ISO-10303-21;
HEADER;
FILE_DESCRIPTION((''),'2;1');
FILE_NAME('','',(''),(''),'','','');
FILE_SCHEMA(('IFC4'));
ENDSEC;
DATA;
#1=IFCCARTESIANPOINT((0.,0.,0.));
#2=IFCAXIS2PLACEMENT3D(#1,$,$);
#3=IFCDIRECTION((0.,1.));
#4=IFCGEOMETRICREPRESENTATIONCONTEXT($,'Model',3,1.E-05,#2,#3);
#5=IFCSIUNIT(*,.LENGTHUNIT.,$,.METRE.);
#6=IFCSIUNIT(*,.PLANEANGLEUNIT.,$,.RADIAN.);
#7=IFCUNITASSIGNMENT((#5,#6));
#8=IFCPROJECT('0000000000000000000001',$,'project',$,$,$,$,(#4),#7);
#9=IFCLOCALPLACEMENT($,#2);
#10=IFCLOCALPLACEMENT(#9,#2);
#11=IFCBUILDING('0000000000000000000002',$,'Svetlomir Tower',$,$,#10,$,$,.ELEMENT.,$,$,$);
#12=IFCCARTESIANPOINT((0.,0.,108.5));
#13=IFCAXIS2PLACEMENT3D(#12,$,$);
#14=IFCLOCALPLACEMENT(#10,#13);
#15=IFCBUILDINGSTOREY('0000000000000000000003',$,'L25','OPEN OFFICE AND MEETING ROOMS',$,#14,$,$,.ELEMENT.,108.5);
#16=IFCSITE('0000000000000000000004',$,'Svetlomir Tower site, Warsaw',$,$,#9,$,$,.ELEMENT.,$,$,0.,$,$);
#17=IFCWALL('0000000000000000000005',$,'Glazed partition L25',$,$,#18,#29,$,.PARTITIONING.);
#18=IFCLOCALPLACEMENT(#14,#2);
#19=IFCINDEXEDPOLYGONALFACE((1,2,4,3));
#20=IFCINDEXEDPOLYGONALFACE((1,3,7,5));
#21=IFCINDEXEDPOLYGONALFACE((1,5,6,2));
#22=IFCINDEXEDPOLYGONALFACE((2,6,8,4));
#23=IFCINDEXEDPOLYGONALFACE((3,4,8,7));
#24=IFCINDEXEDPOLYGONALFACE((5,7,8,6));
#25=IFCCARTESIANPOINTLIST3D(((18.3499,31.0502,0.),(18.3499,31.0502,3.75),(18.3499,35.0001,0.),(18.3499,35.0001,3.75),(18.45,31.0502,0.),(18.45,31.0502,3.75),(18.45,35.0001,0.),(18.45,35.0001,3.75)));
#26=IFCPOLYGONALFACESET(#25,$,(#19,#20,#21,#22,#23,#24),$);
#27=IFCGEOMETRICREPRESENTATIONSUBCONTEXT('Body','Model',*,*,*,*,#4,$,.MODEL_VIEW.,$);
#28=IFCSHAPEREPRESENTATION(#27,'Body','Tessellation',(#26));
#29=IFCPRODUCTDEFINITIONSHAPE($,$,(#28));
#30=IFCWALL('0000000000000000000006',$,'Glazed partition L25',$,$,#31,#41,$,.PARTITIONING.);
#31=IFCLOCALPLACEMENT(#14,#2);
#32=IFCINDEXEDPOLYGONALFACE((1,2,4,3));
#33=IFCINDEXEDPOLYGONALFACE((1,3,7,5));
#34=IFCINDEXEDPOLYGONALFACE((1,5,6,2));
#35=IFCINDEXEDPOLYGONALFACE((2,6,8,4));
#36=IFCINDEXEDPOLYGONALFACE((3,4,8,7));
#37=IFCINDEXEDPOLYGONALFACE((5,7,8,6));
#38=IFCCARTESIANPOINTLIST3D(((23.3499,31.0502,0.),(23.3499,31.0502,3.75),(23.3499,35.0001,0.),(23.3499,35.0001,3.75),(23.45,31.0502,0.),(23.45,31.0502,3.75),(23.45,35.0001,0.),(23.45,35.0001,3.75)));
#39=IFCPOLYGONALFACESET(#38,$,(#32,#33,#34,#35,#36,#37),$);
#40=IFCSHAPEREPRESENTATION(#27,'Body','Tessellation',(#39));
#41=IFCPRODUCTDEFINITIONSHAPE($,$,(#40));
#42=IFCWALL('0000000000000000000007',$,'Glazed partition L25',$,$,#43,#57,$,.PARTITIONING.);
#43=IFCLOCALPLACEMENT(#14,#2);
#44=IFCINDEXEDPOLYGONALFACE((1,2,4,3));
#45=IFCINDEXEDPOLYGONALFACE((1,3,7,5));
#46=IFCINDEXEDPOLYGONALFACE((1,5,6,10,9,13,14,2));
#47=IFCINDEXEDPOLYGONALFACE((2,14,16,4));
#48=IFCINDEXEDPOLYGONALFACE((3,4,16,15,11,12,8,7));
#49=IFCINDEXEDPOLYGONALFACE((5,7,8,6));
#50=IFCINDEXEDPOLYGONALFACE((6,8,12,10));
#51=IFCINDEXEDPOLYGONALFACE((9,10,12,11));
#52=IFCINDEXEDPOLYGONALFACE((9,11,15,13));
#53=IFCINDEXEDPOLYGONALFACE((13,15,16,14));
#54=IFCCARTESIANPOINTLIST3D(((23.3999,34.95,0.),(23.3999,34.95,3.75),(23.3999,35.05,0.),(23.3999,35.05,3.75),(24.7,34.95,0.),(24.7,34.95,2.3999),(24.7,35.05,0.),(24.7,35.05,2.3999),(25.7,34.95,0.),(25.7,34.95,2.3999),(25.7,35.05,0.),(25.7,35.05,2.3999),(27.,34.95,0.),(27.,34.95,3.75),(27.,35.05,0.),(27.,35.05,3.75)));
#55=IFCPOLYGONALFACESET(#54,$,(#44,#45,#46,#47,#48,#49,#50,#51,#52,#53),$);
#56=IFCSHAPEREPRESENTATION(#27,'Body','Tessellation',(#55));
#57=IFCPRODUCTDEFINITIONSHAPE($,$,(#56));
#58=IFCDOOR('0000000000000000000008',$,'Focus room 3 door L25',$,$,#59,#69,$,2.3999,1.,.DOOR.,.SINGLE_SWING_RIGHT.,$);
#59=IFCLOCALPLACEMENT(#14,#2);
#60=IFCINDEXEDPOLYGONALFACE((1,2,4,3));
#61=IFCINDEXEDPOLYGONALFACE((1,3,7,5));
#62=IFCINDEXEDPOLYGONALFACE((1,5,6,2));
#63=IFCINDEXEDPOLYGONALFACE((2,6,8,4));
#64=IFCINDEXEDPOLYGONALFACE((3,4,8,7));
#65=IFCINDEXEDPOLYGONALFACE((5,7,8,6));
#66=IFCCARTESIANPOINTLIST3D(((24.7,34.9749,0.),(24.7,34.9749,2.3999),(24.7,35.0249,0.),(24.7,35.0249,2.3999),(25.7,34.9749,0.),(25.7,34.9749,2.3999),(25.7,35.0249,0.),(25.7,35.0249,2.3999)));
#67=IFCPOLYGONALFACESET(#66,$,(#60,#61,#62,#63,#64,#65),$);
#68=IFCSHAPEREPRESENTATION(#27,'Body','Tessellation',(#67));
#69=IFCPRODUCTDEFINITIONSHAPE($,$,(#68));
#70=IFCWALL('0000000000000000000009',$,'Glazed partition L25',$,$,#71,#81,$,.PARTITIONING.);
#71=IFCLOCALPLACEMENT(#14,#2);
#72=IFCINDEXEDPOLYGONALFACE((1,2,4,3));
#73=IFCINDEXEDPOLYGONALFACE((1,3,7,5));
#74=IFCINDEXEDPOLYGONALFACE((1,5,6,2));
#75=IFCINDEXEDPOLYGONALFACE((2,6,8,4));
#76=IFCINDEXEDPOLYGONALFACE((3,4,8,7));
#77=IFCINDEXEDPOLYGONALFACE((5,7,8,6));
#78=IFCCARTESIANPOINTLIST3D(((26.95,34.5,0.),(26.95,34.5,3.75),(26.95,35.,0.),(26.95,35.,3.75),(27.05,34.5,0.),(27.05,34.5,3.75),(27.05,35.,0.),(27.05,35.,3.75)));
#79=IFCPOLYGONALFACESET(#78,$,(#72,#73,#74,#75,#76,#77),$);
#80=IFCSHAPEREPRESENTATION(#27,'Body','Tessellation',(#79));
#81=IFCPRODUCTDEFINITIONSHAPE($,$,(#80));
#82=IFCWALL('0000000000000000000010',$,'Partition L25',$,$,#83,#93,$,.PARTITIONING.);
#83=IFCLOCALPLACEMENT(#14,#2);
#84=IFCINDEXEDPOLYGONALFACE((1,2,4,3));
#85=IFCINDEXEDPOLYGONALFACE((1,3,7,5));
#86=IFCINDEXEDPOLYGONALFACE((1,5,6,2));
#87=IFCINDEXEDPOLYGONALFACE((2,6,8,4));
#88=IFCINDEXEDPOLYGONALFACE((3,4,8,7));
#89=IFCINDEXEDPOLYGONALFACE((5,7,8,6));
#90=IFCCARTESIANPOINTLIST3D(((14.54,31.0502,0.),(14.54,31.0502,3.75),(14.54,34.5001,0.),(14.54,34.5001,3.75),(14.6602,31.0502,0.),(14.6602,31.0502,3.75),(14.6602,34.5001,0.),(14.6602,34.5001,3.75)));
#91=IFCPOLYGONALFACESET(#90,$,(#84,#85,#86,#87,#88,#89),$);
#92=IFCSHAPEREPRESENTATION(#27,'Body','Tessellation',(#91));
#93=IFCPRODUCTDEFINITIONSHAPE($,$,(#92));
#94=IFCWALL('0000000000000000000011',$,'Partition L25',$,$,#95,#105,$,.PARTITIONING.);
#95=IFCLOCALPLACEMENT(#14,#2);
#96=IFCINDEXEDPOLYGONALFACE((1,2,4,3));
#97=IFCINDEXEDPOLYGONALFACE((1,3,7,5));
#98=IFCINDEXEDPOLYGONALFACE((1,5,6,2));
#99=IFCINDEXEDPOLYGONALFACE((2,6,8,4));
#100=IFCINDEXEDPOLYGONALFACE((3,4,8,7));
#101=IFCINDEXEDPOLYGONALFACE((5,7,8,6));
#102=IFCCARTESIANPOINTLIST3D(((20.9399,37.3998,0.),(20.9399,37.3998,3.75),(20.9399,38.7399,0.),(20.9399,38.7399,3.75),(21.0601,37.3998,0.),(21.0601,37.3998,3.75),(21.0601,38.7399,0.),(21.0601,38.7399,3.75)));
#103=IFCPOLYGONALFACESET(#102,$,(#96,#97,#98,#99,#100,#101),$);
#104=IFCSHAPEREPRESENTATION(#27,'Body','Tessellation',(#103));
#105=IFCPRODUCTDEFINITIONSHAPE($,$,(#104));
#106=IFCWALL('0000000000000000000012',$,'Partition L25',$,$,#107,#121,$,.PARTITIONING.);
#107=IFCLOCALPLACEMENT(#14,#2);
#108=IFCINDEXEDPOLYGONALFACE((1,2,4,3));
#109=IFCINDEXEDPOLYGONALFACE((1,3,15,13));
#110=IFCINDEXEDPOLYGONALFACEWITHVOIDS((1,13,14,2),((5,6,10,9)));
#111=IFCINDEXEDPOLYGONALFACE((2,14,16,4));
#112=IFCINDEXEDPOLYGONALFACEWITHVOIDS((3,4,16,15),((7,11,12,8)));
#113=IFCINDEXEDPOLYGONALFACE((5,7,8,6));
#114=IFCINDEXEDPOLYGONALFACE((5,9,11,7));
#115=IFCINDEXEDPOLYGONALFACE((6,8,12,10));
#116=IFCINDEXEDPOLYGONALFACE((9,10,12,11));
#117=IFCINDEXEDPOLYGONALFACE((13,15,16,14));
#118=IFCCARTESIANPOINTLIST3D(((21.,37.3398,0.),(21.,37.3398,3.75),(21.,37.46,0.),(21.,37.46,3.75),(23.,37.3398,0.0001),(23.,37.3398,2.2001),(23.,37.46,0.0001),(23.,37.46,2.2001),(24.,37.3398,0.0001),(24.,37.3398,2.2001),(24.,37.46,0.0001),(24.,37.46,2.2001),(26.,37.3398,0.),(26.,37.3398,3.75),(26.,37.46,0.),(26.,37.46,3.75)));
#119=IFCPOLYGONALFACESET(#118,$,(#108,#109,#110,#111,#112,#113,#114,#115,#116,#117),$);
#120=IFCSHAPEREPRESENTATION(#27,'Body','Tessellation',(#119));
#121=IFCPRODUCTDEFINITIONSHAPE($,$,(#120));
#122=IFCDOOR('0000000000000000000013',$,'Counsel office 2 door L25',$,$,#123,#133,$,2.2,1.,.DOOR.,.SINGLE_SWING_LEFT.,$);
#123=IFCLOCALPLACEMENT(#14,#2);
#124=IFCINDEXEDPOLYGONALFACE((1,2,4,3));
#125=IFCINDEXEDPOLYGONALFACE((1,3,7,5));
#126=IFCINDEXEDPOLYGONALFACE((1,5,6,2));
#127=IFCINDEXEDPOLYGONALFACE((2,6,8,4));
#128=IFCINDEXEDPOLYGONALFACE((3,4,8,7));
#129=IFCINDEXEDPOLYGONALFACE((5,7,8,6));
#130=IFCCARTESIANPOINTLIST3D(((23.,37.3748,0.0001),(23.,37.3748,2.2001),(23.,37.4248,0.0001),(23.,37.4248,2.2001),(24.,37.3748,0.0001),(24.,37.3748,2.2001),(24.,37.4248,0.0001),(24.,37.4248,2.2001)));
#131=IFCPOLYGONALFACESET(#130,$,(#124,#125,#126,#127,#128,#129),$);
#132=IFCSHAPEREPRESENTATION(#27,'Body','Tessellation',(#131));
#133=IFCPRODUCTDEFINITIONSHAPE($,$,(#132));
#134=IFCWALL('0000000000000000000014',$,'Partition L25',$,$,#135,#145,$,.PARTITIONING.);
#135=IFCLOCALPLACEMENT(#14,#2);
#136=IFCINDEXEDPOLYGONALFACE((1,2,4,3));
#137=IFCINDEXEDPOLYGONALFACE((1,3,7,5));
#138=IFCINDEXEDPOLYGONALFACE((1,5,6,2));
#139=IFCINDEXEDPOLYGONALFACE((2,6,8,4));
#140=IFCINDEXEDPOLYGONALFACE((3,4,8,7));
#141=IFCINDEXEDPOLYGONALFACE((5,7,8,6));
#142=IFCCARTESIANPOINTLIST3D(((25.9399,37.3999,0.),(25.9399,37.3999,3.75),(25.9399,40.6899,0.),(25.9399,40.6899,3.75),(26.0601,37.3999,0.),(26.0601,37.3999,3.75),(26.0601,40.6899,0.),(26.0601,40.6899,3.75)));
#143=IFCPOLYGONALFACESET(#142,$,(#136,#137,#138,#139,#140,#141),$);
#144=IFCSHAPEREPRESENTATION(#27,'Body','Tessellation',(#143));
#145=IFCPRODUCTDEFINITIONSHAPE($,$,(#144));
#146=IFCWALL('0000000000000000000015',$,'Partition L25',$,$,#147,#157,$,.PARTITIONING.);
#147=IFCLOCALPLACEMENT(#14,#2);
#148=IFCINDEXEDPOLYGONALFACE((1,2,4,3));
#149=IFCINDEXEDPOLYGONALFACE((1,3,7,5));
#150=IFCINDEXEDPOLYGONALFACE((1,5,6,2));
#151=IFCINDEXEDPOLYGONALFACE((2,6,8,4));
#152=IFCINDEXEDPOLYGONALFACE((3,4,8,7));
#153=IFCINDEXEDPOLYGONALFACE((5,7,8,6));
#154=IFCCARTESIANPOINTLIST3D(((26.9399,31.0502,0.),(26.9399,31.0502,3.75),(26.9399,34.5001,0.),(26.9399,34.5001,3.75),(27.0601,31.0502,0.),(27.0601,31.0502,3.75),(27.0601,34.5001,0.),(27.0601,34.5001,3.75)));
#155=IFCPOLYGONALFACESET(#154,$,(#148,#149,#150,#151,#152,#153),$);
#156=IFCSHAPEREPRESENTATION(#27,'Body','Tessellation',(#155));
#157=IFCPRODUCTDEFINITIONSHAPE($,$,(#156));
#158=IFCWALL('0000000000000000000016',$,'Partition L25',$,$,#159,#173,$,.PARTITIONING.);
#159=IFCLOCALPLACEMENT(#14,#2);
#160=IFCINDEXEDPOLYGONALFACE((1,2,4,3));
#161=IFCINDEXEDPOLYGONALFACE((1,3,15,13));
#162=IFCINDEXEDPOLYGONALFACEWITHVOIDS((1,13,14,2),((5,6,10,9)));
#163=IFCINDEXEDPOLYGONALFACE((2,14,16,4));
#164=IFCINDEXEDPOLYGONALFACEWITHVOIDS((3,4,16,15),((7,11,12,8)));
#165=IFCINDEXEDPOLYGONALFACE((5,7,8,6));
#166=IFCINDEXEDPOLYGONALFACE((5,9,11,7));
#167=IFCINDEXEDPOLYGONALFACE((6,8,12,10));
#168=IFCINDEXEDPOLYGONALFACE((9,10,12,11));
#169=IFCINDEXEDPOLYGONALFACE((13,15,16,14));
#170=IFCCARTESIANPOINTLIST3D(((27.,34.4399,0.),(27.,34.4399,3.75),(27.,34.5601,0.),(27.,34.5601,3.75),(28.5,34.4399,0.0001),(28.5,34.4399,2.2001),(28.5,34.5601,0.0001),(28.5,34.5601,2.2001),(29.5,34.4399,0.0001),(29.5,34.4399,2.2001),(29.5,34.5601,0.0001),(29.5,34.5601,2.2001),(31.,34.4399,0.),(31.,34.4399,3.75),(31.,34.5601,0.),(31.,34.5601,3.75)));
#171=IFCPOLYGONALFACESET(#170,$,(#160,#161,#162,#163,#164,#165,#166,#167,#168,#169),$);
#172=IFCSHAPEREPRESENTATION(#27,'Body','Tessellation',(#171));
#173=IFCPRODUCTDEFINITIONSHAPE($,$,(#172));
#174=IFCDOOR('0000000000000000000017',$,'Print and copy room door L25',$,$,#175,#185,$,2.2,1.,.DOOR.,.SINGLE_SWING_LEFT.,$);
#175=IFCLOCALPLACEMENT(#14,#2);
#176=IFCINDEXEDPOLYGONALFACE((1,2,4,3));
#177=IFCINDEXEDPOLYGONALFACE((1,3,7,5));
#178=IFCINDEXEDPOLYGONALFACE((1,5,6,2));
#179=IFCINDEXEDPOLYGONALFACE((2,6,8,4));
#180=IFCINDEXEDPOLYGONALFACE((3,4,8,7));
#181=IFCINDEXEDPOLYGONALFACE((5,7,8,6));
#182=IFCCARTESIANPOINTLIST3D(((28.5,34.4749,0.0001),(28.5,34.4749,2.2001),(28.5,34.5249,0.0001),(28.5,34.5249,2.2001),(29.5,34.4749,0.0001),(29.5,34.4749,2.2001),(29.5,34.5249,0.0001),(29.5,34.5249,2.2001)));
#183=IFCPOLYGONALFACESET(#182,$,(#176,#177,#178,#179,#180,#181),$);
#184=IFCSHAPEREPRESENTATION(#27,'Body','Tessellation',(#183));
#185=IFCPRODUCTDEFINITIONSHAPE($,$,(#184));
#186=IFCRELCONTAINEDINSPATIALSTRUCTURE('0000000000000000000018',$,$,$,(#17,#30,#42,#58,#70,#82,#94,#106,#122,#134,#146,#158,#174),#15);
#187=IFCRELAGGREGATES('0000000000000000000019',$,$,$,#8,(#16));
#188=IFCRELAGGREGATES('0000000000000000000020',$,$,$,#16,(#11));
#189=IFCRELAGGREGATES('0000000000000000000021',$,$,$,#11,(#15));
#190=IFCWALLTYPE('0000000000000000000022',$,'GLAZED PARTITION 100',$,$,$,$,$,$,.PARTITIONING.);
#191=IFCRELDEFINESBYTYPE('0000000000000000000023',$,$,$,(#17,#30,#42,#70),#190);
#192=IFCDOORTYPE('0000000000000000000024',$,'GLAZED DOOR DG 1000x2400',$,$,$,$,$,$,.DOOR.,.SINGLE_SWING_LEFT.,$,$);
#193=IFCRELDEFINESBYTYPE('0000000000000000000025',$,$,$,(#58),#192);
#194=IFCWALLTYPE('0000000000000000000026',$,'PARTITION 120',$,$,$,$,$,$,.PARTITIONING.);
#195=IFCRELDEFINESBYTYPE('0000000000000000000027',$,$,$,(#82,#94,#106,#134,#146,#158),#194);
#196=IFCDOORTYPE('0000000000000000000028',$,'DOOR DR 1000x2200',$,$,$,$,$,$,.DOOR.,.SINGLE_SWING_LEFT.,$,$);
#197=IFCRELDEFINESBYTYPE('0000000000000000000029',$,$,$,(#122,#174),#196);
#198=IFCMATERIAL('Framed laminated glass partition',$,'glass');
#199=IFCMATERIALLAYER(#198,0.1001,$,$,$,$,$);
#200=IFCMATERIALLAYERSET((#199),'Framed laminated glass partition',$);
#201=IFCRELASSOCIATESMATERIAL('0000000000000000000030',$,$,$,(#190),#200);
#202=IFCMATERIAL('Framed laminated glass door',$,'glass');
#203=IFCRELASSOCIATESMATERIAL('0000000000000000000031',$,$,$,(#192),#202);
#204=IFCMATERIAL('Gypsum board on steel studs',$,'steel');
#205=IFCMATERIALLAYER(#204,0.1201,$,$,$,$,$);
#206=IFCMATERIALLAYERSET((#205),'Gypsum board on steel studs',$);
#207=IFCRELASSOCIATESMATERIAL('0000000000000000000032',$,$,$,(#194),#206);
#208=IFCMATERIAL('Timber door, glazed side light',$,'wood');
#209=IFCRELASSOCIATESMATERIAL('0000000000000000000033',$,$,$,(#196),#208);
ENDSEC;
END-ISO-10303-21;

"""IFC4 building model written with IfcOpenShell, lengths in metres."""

from ifc_helpers import new_model, si_unit, direction, frame, frame_2d, origin, place, context, subcontext, project, spatial, rectangle, extrude, material, layer, layer_set, type_object, element, fill, save


model = new_model("IFC4")

# Units and contexts
model_context = context("Model", 3, precision=1e-05, world=origin(), true_north=direction((0.0, 1.0)))
body_context = subcontext(model_context, "Body", "Model", "MODEL_VIEW")
ifc_project = project(units=[si_unit("LENGTHUNIT", "METRE"), si_unit("PLANEANGLEUNIT", "RADIAN")], contexts=[model_context])

# Site, building, storey
site_placement = place(None, origin())
site = spatial("IfcSite", under=ifc_project, at=site_placement, Name="Svetlomir Tower site, Warsaw", CompositionType="ELEMENT", RefElevation=0.0)
building_placement = place(site_placement, origin())
building = spatial("IfcBuilding", under=site, at=building_placement, Name="Svetlomir Tower", CompositionType="ELEMENT")
storey_placement = place(building_placement, frame((0.0, 0.0, 108.5)))
storey = spatial("IfcBuildingStorey", under=building, at=storey_placement, Name="L25", Description="OPEN OFFICE AND MEETING ROOMS", CompositionType="ELEMENT", Elevation=108.5)

# Shared definitions
ifc_material_1 = material(Name="Framed laminated glass partition", Category="glass")
ifc_layer_1 = layer(ifc_material_1, 0.1001)
ifc_layer_set_1 = layer_set([ifc_layer_1], Name="Framed laminated glass partition")
wall_type_1 = type_object("IfcWallType", Name="GLAZED PARTITION 100", PredefinedType="PARTITIONING", material=ifc_layer_set_1)

# Shared definitions
ifc_material_2 = material(Name="Framed laminated glass door", Category="glass")
door_type_1 = type_object("IfcDoorType", Name="GLAZED DOOR DG 1000x2400", OperationType="SINGLE_SWING_LEFT", PredefinedType="DOOR", material=ifc_material_2)

# Walls
for number, where, z_axis, x_axis, name in (
    (1, (18.3999, 31.05, 0.0), (0.0, 0.0, 1.0), (0.0, 1.0, 0.0), "Glazed partition L25"),
    (2, (23.3999, 31.05, 0.0), (0.0, 0.0, 1.0), (0.0, 1.0, 0.0), "Glazed partition L25"),
):
    element("IfcWall", number, at=place(storey_placement, frame(where, z_axis=z_axis, x_axis=x_axis)), inside=storey, type_object=wall_type_1, Name=name, PredefinedType="PARTITIONING", context=body_context, shape_type="SweptSolid", body=[
        extrude(rectangle(XDim=3.95, YDim=0.1001, at=frame_2d((1.9751, 0.0))), origin(), (0.0, 0.0, 1.0), 3.75),
    ])

# Wall, opening, door
wall_1_placement = place(storey_placement, frame((23.3999, 35.0, 0.0), z_axis=(0.0, 0.0, 1.0), x_axis=(1.0, 0.0, 0.0)))
wall_1 = element("IfcWall", 3, at=wall_1_placement, inside=storey, type_object=wall_type_1, Name="Glazed partition L25", PredefinedType="PARTITIONING", context=body_context, shape_type="SweptSolid", body=[
    extrude(rectangle(XDim=3.6001, YDim=0.1001, at=frame_2d((1.8, 0.0))), origin(), (0.0, 0.0, 1.0), 3.75),
])
opening_1_placement = place(wall_1_placement, frame((1.3, 0.0, 0.0)))
opening_1 = element("IfcOpeningElement", 4, at=opening_1_placement, cuts=wall_1, PredefinedType="OPENING", context=body_context, shape_type="SweptSolid", body=[
    extrude(rectangle(XDim=1.0, YDim=2.3999, at=frame_2d((0.5, 1.2))), frame((0.0, 0.0601, 0.0), z_axis=(0.0, -1.0, 0.0), x_axis=(1.0, 0.0, 0.0)), (0.0, 0.0, 1.0), 0.1201),
])
door_1_placement = place(opening_1_placement, origin())
door_1 = element("IfcDoor", 5, at=door_1_placement, inside=storey, type_object=door_type_1, Name="Focus room 3 door L25", OperationType="SINGLE_SWING_RIGHT", OverallHeight=2.3999, OverallWidth=1.0, PredefinedType="DOOR", context=body_context, shape_type="SweptSolid", body=[
    extrude(rectangle(XDim=1.0, YDim=2.3999, at=frame_2d((0.5, 1.2))), frame((0.0, 0.0249, 0.0), z_axis=(0.0, -1.0, 0.0), x_axis=(1.0, 0.0, 0.0)), (0.0, 0.0, 1.0), 0.05),
])
fill(opening_1, door_1)

# Walls
wall_2_placement = place(storey_placement, frame((27.0, 34.5, 0.0), z_axis=(0.0, 0.0, 1.0), x_axis=(0.0, 1.0, 0.0)))
element("IfcWall", 6, at=wall_2_placement, inside=storey, type_object=wall_type_1, Name="Glazed partition L25", PredefinedType="PARTITIONING", context=body_context, shape_type="SweptSolid", body=[
    extrude(rectangle(XDim=0.5, YDim=0.1001, at=frame_2d((0.25, 0.0))), origin(), (0.0, 0.0, 1.0), 3.75),
])
ifc_material_3 = material(Name="Gypsum board on steel studs", Category="steel")
ifc_layer_2 = layer(ifc_material_3, 0.1201)
ifc_layer_set_2 = layer_set([ifc_layer_2], Name="Gypsum board on steel studs")
wall_type_2 = type_object("IfcWallType", Name="PARTITION 120", PredefinedType="PARTITIONING", material=ifc_layer_set_2)
wall_3_placement = place(storey_placement, frame((14.6001, 31.05, 0.0), z_axis=(0.0, 0.0, 1.0), x_axis=(0.0, 1.0, 0.0)))
element("IfcWall", 7, at=wall_3_placement, inside=storey, type_object=wall_type_2, Name="Partition L25", PredefinedType="PARTITIONING", context=body_context, shape_type="SweptSolid", body=[
    extrude(rectangle(XDim=3.45, YDim=0.1201, at=frame_2d((1.7251, 0.0))), origin(), (0.0, 0.0, 1.0), 3.75),
])
wall_4_placement = place(storey_placement, frame((21.0, 37.3999, 0.0), z_axis=(0.0, 0.0, 1.0), x_axis=(0.0, 1.0, 0.0)))
element("IfcWall", 8, at=wall_4_placement, inside=storey, type_object=wall_type_2, Name="Partition L25", PredefinedType="PARTITIONING", context=body_context, shape_type="SweptSolid", body=[
    extrude(rectangle(XDim=1.3401, YDim=0.1201, at=frame_2d((0.6699, 0.0))), origin(), (0.0, 0.0, 1.0), 3.75),
])

# Wall, opening, door
wall_5_placement = place(storey_placement, frame((21.0, 37.3999, 0.0), z_axis=(0.0, 0.0, 1.0), x_axis=(1.0, 0.0, 0.0)))
wall_5 = element("IfcWall", 9, at=wall_5_placement, inside=storey, type_object=wall_type_2, Name="Partition L25", PredefinedType="PARTITIONING", context=body_context, shape_type="SweptSolid", body=[
    extrude(rectangle(XDim=5.0, YDim=0.1201, at=frame_2d((2.5, 0.0))), origin(), (0.0, 0.0, 1.0), 3.75),
])
opening_2_placement = place(wall_5_placement, frame((2.0, 0.0, 0.0)))
opening_2 = element("IfcOpeningElement", 10, at=opening_2_placement, cuts=wall_5, PredefinedType="OPENING", context=body_context, shape_type="SweptSolid", body=[
    extrude(rectangle(XDim=1.0, YDim=2.2, at=frame_2d((0.5, 1.1001))), frame((0.0, 0.0701, 0.0), z_axis=(0.0, -1.0, 0.0), x_axis=(1.0, 0.0, 0.0)), (0.0, 0.0, 1.0), 0.1401),
])
ifc_material_4 = material(Name="Timber door, glazed side light", Category="wood")
door_type_2 = type_object("IfcDoorType", Name="DOOR DR 1000x2200", OperationType="SINGLE_SWING_LEFT", PredefinedType="DOOR", material=ifc_material_4)
door_2_placement = place(opening_2_placement, origin())
door_2 = element("IfcDoor", 11, at=door_2_placement, inside=storey, type_object=door_type_2, Name="Counsel office 2 door L25", OperationType="SINGLE_SWING_LEFT", OverallHeight=2.2, OverallWidth=1.0, PredefinedType="DOOR", context=body_context, shape_type="SweptSolid", body=[
    extrude(rectangle(XDim=1.0, YDim=2.2, at=frame_2d((0.5, 1.1001))), frame((0.0, 0.0249, 0.0), z_axis=(0.0, -1.0, 0.0), x_axis=(1.0, 0.0, 0.0)), (0.0, 0.0, 1.0), 0.05),
])
fill(opening_2, door_2)

# Walls
wall_6_placement = place(storey_placement, frame((26.0, 37.3999, 0.0), z_axis=(0.0, 0.0, 1.0), x_axis=(0.0, 1.0, 0.0)))
element("IfcWall", 12, at=wall_6_placement, inside=storey, type_object=wall_type_2, Name="Partition L25", PredefinedType="PARTITIONING", context=body_context, shape_type="SweptSolid", body=[
    extrude(rectangle(XDim=3.29, YDim=0.1201, at=frame_2d((1.645, 0.0))), origin(), (0.0, 0.0, 1.0), 3.75),
])
wall_7_placement = place(storey_placement, frame((27.0, 31.05, 0.0), z_axis=(0.0, 0.0, 1.0), x_axis=(0.0, 1.0, 0.0)))
element("IfcWall", 13, at=wall_7_placement, inside=storey, type_object=wall_type_2, Name="Partition L25", PredefinedType="PARTITIONING", context=body_context, shape_type="SweptSolid", body=[
    extrude(rectangle(XDim=3.45, YDim=0.1201, at=frame_2d((1.7251, 0.0))), origin(), (0.0, 0.0, 1.0), 3.75),
])

# Wall, opening, door
wall_8_placement = place(storey_placement, frame((27.0, 34.5, 0.0), z_axis=(0.0, 0.0, 1.0), x_axis=(1.0, 0.0, 0.0)))
wall_8 = element("IfcWall", 14, at=wall_8_placement, inside=storey, type_object=wall_type_2, Name="Partition L25", PredefinedType="PARTITIONING", context=body_context, shape_type="SweptSolid", body=[
    extrude(rectangle(XDim=4.0, YDim=0.1201, at=frame_2d((2.0, 0.0))), origin(), (0.0, 0.0, 1.0), 3.75),
])
opening_3_placement = place(wall_8_placement, frame((1.5, 0.0, 0.0)))
opening_3 = element("IfcOpeningElement", 15, at=opening_3_placement, cuts=wall_8, PredefinedType="OPENING", context=body_context, shape_type="SweptSolid", body=[
    extrude(rectangle(XDim=1.0, YDim=2.2, at=frame_2d((0.5, 1.1001))), frame((0.0, 0.0701, 0.0), z_axis=(0.0, -1.0, 0.0), x_axis=(1.0, 0.0, 0.0)), (0.0, 0.0, 1.0), 0.1401),
])
door_3_placement = place(opening_3_placement, origin())
door_3 = element("IfcDoor", 16, at=door_3_placement, inside=storey, type_object=door_type_2, Name="Print and copy room door L25", OperationType="SINGLE_SWING_LEFT", OverallHeight=2.2, OverallWidth=1.0, PredefinedType="DOOR", context=body_context, shape_type="SweptSolid", body=[
    extrude(rectangle(XDim=1.0, YDim=2.2, at=frame_2d((0.5, 1.1001))), frame((0.0, 0.0249, 0.0), z_axis=(0.0, -1.0, 0.0), x_axis=(1.0, 0.0, 0.0)), (0.0, 0.0, 1.0), 0.05),
])
fill(opening_3, door_3)

save(model, "model.ifc")
